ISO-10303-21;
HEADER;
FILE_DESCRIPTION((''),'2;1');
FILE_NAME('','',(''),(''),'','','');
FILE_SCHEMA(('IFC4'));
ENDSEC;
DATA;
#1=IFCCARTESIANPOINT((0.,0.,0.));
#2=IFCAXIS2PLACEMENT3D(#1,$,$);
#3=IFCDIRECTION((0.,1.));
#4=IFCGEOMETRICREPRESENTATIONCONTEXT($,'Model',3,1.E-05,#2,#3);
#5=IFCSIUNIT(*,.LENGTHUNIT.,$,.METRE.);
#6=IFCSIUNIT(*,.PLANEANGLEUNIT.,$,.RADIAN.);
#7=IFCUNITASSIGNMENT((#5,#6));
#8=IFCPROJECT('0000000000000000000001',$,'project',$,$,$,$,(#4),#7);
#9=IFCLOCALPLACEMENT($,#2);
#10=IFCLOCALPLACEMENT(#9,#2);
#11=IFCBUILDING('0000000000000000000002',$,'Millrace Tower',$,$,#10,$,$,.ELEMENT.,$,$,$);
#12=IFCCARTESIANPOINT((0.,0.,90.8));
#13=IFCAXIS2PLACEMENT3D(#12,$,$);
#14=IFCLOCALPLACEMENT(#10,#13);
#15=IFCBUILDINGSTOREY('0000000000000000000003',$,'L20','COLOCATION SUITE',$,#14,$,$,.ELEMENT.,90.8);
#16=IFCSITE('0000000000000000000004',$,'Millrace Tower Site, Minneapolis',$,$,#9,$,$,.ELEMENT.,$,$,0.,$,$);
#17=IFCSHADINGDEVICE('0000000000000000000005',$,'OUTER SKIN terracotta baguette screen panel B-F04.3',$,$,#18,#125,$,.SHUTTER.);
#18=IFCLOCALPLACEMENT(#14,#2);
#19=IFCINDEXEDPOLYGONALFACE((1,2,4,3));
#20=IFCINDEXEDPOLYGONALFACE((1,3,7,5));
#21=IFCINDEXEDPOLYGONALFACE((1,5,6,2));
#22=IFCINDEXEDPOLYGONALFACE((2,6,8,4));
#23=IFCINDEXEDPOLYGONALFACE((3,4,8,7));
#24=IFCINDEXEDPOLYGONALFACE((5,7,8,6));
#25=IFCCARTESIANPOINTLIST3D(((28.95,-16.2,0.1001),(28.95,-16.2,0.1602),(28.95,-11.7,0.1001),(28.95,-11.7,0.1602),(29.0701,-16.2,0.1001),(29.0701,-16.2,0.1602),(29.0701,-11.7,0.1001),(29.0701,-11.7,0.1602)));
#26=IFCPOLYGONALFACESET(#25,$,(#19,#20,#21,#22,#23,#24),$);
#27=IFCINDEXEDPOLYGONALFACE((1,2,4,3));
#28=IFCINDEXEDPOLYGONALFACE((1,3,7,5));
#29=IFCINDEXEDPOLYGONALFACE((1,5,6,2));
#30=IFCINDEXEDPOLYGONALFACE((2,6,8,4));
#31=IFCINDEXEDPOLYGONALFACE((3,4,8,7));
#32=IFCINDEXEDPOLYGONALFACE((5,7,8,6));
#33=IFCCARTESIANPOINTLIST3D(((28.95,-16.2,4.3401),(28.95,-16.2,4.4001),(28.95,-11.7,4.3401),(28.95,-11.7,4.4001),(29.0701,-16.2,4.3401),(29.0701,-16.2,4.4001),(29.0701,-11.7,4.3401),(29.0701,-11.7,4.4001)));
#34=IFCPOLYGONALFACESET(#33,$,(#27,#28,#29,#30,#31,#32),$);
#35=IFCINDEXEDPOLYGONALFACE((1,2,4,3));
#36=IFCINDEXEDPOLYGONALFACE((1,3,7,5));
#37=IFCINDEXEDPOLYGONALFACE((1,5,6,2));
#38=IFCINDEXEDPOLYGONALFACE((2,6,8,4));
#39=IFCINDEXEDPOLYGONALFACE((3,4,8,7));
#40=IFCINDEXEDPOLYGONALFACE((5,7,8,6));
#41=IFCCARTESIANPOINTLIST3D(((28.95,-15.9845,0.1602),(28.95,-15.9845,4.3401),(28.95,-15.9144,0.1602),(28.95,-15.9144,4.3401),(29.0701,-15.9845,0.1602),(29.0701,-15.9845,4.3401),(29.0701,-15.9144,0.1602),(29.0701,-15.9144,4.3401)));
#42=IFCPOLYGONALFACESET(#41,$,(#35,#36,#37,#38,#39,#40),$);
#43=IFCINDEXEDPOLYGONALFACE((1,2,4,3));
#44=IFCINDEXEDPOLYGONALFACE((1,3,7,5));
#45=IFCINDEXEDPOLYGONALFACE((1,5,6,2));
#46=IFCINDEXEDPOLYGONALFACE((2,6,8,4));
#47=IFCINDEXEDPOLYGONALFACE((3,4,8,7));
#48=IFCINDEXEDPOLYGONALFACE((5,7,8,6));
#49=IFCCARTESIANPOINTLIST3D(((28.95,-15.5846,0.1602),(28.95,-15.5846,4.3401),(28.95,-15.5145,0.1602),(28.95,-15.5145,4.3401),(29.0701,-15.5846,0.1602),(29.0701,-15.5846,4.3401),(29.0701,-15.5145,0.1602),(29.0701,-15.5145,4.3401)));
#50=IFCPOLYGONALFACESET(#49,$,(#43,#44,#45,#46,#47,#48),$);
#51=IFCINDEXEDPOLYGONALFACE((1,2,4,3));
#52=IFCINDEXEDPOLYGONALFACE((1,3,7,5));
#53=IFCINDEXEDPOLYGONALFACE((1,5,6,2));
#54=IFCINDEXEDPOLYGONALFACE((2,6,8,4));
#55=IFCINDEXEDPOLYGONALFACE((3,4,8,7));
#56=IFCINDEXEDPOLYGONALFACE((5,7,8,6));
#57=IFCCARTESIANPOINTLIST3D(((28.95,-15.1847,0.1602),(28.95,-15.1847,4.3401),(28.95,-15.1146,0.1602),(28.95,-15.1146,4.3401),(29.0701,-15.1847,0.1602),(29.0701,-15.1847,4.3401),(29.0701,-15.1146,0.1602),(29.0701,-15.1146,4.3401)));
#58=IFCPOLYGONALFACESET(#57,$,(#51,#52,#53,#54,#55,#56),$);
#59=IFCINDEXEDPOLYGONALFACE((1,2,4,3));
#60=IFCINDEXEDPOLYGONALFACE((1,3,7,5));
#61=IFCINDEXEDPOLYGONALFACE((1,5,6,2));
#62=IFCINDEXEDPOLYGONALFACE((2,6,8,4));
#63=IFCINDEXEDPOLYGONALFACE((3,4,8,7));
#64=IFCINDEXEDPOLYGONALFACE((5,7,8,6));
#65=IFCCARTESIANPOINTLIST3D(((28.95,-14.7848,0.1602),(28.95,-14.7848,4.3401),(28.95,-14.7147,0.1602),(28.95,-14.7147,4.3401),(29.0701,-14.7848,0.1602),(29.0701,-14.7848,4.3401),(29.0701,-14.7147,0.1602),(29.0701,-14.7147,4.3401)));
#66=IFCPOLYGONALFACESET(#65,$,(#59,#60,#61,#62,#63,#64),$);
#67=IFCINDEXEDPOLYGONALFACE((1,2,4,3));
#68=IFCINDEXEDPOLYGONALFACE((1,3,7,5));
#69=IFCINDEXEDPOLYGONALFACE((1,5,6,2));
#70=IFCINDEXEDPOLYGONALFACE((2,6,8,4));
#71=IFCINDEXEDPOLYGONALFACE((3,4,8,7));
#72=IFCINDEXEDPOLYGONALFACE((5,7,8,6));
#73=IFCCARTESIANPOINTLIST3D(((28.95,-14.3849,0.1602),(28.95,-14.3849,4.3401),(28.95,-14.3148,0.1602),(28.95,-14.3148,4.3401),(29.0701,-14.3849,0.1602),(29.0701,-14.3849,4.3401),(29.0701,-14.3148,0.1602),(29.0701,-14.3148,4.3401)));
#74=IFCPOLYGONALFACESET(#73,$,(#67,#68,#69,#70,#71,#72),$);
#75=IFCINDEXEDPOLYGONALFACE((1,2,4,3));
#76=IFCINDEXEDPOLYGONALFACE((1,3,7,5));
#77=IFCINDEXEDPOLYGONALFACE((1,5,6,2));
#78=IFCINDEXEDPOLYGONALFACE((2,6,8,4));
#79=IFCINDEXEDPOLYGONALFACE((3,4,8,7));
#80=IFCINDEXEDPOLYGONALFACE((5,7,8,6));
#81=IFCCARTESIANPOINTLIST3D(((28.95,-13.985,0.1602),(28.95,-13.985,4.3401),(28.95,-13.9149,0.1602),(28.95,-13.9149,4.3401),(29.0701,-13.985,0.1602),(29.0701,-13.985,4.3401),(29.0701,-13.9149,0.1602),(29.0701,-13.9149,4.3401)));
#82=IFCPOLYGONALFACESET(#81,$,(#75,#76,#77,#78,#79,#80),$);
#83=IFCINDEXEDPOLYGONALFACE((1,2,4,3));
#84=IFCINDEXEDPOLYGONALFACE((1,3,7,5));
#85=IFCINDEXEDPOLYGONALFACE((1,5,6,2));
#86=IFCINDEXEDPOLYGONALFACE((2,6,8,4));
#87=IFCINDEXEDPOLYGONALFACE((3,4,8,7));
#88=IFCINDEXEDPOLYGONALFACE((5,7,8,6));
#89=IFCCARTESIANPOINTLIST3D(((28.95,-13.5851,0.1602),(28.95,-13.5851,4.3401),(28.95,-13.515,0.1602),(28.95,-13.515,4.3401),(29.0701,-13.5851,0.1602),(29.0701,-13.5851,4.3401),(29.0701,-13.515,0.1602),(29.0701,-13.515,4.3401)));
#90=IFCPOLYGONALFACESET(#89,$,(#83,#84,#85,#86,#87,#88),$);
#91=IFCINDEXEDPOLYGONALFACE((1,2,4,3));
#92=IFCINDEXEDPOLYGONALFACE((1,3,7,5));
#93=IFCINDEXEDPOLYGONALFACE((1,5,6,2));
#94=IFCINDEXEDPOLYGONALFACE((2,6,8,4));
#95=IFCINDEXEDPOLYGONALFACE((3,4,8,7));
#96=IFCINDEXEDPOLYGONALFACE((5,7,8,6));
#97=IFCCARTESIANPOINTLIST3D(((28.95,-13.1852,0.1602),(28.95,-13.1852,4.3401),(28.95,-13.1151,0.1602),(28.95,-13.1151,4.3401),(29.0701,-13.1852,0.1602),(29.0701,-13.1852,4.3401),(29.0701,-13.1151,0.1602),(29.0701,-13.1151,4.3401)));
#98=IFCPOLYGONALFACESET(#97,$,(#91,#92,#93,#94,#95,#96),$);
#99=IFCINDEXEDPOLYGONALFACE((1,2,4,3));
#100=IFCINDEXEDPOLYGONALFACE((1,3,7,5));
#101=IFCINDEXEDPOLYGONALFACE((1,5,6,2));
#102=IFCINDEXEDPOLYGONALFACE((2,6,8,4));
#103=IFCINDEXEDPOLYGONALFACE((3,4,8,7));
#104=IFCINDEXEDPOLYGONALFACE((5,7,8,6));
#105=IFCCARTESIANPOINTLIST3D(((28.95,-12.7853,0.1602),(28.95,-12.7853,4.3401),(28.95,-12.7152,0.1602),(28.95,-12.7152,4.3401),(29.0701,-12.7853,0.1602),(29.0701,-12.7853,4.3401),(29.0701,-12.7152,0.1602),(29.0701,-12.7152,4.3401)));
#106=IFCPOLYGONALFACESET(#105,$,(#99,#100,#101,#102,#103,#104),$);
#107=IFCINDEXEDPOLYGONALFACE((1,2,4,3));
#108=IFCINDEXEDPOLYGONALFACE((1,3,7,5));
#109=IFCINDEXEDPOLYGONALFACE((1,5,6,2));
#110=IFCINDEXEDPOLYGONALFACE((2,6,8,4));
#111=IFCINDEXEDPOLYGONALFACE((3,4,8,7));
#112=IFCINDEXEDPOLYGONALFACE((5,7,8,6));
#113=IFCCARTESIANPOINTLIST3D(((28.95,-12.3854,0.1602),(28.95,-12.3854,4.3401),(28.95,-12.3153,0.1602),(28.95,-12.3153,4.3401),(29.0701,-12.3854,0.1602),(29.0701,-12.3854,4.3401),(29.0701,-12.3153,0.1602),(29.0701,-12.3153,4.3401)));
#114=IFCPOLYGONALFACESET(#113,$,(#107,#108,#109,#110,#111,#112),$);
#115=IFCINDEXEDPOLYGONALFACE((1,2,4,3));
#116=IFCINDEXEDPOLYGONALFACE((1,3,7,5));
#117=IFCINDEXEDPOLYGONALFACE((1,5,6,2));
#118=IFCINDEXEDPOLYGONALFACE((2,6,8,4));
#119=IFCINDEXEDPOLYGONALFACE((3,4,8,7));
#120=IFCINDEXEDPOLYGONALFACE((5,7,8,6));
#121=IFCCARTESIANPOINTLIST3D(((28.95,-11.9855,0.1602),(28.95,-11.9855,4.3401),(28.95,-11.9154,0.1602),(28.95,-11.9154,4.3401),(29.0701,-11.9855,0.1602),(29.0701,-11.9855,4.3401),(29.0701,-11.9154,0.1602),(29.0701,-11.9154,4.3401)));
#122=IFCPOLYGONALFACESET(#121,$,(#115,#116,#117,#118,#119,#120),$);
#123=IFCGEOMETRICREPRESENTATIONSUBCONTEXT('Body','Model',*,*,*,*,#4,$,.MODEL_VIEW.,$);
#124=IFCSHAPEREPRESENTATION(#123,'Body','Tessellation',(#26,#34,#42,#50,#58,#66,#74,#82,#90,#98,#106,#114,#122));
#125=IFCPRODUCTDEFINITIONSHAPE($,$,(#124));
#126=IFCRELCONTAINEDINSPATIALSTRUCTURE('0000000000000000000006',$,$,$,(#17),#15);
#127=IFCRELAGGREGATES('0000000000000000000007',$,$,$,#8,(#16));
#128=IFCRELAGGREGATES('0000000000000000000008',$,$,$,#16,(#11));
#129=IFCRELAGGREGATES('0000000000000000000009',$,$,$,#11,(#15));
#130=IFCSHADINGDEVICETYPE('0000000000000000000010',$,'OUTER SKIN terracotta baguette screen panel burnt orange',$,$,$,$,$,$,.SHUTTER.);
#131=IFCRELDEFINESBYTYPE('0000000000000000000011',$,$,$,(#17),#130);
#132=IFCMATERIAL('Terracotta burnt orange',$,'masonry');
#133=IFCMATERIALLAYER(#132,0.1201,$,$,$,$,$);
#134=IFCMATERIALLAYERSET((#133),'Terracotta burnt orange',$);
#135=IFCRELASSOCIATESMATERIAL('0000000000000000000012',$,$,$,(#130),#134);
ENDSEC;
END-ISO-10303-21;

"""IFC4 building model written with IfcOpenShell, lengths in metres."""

from ifc_helpers import new_model, entity, si_unit, direction, frame, frame_2d, origin, origin_2d, place, context, subcontext, project, spatial, rectangle, extrude, source, transform, mapped, material, layer, layer_set, type_object, element, save


model = new_model("IFC4")

# Units and contexts
model_context = context("Model", 3, precision=1e-05, world=origin(), true_north=direction((0.0, 1.0)))
body_context = subcontext(model_context, "Body", "Model", "MODEL_VIEW")
ifc_project = project(units=[si_unit("LENGTHUNIT", "METRE"), si_unit("PLANEANGLEUNIT", "RADIAN")], contexts=[model_context])

# Site, building, storey
site_placement = place(None, origin())
site = spatial("IfcSite", under=ifc_project, at=site_placement, Name="Millrace Tower Site, Minneapolis", CompositionType="ELEMENT", RefElevation=0.0)
building_placement = place(site_placement, origin())
building = spatial("IfcBuilding", under=site, at=building_placement, Name="Millrace Tower", CompositionType="ELEMENT")
storey_placement = place(building_placement, frame((0.0, 0.0, 90.8)))
storey = spatial("IfcBuildingStorey", under=building, at=storey_placement, Name="L20", Description="COLOCATION SUITE", CompositionType="ELEMENT", Elevation=90.8)

# Shading device
ifc_material_1 = material(Name="Terracotta burnt orange", Category="masonry")
ifc_layer_1 = layer(ifc_material_1, 0.1201)
ifc_layer_set_1 = layer_set([ifc_layer_1], Name="Terracotta burnt orange")
shading_device_type = type_object("IfcShadingDeviceType", Name="OUTER SKIN terracotta baguette screen panel burnt orange", PredefinedType="SHUTTER", material=ifc_layer_set_1)
cartesian_point_1 = entity("IfcCartesianPoint", [-2.25, 0.0601])
shared_polyline_1 = entity("IfcPolyline", [cartesian_point_1, entity("IfcCartesianPoint", [2.25, 0.0601]), entity("IfcCartesianPoint", [2.25, -0.0601]), entity("IfcCartesianPoint", [-2.25, -0.0601]), cartesian_point_1])
shared_shape_1 = source(origin(), body_context, "Body", "SweptSolid", [
    entity("IfcExtrudedAreaSolid", entity("IfcArbitraryClosedProfileDef", "AREA", None, shared_polyline_1), entity("IfcAxis2Placement3D", entity("IfcCartesianPoint", [0.0, 0.0, 0.0])), entity("IfcDirection", [0.0, 0.0, 1.0]), 0.0601),
    entity("IfcExtrudedAreaSolid", entity("IfcArbitraryClosedProfileDef", "AREA", None, shared_polyline_1), entity("IfcAxis2Placement3D", entity("IfcCartesianPoint", [0.0, 0.0, 4.24])), entity("IfcDirection", [0.0, 0.0, 1.0]), 0.0601),
    extrude(rectangle(XDim=0.0701, YDim=0.1201, at=frame_2d((-1.9995, 0.0))), frame((0.0, 0.0, 0.0601)), (0.0, 0.0, 1.0), 4.1799),
    extrude(rectangle(XDim=0.0701, YDim=0.1201, at=frame_2d((-1.5996, 0.0))), frame((0.0, 0.0, 0.0601)), (0.0, 0.0, 1.0), 4.1799),
    extrude(rectangle(XDim=0.0701, YDim=0.1201, at=frame_2d((-1.1997, 0.0))), frame((0.0, 0.0, 0.0601)), (0.0, 0.0, 1.0), 4.1799),
    extrude(rectangle(XDim=0.0701, YDim=0.1201, at=frame_2d((-0.7998, 0.0))), frame((0.0, 0.0, 0.0601)), (0.0, 0.0, 1.0), 4.1799),
    extrude(rectangle(XDim=0.0701, YDim=0.1201, at=frame_2d((-0.3999, 0.0))), frame((0.0, 0.0, 0.0601)), (0.0, 0.0, 1.0), 4.1799),
    extrude(rectangle(XDim=0.0701, YDim=0.1201, at=origin_2d()), frame((0.0, 0.0, 0.0601)), (0.0, 0.0, 1.0), 4.1799),
    extrude(rectangle(XDim=0.0701, YDim=0.1201, at=frame_2d((0.3999, 0.0))), frame((0.0, 0.0, 0.0601)), (0.0, 0.0, 1.0), 4.1799),
    extrude(rectangle(XDim=0.0701, YDim=0.1201, at=frame_2d((0.7998, 0.0))), frame((0.0, 0.0, 0.0601)), (0.0, 0.0, 1.0), 4.1799),
    extrude(rectangle(XDim=0.0701, YDim=0.1201, at=frame_2d((1.1997, 0.0))), frame((0.0, 0.0, 0.0601)), (0.0, 0.0, 1.0), 4.1799),
    extrude(rectangle(XDim=0.0701, YDim=0.1201, at=frame_2d((1.5996, 0.0))), frame((0.0, 0.0, 0.0601)), (0.0, 0.0, 1.0), 4.1799),
    extrude(rectangle(XDim=0.0701, YDim=0.1201, at=frame_2d((1.9995, 0.0))), frame((0.0, 0.0, 0.0601)), (0.0, 0.0, 1.0), 4.1799),
])
for number, where, z_axis, x_axis, name in (
    (1, (29.01, -13.95, 0.1001), (0.0, 0.0, 1.0), (0.0, 1.0, 0.0), "OUTER SKIN terracotta baguette screen panel B-F04.3"),
):
    element("IfcShadingDevice", number, at=place(storey_placement, frame(where, z_axis=z_axis, x_axis=x_axis)), inside=storey, type_object=shading_device_type, Name=name, PredefinedType="SHUTTER", context=body_context, shape_type="MappedRepresentation", body=[
        mapped(shared_shape_1, transform((0.0, 0.0, 0.0), scale=1.0)),
    ])

save(model, "model.ifc")
